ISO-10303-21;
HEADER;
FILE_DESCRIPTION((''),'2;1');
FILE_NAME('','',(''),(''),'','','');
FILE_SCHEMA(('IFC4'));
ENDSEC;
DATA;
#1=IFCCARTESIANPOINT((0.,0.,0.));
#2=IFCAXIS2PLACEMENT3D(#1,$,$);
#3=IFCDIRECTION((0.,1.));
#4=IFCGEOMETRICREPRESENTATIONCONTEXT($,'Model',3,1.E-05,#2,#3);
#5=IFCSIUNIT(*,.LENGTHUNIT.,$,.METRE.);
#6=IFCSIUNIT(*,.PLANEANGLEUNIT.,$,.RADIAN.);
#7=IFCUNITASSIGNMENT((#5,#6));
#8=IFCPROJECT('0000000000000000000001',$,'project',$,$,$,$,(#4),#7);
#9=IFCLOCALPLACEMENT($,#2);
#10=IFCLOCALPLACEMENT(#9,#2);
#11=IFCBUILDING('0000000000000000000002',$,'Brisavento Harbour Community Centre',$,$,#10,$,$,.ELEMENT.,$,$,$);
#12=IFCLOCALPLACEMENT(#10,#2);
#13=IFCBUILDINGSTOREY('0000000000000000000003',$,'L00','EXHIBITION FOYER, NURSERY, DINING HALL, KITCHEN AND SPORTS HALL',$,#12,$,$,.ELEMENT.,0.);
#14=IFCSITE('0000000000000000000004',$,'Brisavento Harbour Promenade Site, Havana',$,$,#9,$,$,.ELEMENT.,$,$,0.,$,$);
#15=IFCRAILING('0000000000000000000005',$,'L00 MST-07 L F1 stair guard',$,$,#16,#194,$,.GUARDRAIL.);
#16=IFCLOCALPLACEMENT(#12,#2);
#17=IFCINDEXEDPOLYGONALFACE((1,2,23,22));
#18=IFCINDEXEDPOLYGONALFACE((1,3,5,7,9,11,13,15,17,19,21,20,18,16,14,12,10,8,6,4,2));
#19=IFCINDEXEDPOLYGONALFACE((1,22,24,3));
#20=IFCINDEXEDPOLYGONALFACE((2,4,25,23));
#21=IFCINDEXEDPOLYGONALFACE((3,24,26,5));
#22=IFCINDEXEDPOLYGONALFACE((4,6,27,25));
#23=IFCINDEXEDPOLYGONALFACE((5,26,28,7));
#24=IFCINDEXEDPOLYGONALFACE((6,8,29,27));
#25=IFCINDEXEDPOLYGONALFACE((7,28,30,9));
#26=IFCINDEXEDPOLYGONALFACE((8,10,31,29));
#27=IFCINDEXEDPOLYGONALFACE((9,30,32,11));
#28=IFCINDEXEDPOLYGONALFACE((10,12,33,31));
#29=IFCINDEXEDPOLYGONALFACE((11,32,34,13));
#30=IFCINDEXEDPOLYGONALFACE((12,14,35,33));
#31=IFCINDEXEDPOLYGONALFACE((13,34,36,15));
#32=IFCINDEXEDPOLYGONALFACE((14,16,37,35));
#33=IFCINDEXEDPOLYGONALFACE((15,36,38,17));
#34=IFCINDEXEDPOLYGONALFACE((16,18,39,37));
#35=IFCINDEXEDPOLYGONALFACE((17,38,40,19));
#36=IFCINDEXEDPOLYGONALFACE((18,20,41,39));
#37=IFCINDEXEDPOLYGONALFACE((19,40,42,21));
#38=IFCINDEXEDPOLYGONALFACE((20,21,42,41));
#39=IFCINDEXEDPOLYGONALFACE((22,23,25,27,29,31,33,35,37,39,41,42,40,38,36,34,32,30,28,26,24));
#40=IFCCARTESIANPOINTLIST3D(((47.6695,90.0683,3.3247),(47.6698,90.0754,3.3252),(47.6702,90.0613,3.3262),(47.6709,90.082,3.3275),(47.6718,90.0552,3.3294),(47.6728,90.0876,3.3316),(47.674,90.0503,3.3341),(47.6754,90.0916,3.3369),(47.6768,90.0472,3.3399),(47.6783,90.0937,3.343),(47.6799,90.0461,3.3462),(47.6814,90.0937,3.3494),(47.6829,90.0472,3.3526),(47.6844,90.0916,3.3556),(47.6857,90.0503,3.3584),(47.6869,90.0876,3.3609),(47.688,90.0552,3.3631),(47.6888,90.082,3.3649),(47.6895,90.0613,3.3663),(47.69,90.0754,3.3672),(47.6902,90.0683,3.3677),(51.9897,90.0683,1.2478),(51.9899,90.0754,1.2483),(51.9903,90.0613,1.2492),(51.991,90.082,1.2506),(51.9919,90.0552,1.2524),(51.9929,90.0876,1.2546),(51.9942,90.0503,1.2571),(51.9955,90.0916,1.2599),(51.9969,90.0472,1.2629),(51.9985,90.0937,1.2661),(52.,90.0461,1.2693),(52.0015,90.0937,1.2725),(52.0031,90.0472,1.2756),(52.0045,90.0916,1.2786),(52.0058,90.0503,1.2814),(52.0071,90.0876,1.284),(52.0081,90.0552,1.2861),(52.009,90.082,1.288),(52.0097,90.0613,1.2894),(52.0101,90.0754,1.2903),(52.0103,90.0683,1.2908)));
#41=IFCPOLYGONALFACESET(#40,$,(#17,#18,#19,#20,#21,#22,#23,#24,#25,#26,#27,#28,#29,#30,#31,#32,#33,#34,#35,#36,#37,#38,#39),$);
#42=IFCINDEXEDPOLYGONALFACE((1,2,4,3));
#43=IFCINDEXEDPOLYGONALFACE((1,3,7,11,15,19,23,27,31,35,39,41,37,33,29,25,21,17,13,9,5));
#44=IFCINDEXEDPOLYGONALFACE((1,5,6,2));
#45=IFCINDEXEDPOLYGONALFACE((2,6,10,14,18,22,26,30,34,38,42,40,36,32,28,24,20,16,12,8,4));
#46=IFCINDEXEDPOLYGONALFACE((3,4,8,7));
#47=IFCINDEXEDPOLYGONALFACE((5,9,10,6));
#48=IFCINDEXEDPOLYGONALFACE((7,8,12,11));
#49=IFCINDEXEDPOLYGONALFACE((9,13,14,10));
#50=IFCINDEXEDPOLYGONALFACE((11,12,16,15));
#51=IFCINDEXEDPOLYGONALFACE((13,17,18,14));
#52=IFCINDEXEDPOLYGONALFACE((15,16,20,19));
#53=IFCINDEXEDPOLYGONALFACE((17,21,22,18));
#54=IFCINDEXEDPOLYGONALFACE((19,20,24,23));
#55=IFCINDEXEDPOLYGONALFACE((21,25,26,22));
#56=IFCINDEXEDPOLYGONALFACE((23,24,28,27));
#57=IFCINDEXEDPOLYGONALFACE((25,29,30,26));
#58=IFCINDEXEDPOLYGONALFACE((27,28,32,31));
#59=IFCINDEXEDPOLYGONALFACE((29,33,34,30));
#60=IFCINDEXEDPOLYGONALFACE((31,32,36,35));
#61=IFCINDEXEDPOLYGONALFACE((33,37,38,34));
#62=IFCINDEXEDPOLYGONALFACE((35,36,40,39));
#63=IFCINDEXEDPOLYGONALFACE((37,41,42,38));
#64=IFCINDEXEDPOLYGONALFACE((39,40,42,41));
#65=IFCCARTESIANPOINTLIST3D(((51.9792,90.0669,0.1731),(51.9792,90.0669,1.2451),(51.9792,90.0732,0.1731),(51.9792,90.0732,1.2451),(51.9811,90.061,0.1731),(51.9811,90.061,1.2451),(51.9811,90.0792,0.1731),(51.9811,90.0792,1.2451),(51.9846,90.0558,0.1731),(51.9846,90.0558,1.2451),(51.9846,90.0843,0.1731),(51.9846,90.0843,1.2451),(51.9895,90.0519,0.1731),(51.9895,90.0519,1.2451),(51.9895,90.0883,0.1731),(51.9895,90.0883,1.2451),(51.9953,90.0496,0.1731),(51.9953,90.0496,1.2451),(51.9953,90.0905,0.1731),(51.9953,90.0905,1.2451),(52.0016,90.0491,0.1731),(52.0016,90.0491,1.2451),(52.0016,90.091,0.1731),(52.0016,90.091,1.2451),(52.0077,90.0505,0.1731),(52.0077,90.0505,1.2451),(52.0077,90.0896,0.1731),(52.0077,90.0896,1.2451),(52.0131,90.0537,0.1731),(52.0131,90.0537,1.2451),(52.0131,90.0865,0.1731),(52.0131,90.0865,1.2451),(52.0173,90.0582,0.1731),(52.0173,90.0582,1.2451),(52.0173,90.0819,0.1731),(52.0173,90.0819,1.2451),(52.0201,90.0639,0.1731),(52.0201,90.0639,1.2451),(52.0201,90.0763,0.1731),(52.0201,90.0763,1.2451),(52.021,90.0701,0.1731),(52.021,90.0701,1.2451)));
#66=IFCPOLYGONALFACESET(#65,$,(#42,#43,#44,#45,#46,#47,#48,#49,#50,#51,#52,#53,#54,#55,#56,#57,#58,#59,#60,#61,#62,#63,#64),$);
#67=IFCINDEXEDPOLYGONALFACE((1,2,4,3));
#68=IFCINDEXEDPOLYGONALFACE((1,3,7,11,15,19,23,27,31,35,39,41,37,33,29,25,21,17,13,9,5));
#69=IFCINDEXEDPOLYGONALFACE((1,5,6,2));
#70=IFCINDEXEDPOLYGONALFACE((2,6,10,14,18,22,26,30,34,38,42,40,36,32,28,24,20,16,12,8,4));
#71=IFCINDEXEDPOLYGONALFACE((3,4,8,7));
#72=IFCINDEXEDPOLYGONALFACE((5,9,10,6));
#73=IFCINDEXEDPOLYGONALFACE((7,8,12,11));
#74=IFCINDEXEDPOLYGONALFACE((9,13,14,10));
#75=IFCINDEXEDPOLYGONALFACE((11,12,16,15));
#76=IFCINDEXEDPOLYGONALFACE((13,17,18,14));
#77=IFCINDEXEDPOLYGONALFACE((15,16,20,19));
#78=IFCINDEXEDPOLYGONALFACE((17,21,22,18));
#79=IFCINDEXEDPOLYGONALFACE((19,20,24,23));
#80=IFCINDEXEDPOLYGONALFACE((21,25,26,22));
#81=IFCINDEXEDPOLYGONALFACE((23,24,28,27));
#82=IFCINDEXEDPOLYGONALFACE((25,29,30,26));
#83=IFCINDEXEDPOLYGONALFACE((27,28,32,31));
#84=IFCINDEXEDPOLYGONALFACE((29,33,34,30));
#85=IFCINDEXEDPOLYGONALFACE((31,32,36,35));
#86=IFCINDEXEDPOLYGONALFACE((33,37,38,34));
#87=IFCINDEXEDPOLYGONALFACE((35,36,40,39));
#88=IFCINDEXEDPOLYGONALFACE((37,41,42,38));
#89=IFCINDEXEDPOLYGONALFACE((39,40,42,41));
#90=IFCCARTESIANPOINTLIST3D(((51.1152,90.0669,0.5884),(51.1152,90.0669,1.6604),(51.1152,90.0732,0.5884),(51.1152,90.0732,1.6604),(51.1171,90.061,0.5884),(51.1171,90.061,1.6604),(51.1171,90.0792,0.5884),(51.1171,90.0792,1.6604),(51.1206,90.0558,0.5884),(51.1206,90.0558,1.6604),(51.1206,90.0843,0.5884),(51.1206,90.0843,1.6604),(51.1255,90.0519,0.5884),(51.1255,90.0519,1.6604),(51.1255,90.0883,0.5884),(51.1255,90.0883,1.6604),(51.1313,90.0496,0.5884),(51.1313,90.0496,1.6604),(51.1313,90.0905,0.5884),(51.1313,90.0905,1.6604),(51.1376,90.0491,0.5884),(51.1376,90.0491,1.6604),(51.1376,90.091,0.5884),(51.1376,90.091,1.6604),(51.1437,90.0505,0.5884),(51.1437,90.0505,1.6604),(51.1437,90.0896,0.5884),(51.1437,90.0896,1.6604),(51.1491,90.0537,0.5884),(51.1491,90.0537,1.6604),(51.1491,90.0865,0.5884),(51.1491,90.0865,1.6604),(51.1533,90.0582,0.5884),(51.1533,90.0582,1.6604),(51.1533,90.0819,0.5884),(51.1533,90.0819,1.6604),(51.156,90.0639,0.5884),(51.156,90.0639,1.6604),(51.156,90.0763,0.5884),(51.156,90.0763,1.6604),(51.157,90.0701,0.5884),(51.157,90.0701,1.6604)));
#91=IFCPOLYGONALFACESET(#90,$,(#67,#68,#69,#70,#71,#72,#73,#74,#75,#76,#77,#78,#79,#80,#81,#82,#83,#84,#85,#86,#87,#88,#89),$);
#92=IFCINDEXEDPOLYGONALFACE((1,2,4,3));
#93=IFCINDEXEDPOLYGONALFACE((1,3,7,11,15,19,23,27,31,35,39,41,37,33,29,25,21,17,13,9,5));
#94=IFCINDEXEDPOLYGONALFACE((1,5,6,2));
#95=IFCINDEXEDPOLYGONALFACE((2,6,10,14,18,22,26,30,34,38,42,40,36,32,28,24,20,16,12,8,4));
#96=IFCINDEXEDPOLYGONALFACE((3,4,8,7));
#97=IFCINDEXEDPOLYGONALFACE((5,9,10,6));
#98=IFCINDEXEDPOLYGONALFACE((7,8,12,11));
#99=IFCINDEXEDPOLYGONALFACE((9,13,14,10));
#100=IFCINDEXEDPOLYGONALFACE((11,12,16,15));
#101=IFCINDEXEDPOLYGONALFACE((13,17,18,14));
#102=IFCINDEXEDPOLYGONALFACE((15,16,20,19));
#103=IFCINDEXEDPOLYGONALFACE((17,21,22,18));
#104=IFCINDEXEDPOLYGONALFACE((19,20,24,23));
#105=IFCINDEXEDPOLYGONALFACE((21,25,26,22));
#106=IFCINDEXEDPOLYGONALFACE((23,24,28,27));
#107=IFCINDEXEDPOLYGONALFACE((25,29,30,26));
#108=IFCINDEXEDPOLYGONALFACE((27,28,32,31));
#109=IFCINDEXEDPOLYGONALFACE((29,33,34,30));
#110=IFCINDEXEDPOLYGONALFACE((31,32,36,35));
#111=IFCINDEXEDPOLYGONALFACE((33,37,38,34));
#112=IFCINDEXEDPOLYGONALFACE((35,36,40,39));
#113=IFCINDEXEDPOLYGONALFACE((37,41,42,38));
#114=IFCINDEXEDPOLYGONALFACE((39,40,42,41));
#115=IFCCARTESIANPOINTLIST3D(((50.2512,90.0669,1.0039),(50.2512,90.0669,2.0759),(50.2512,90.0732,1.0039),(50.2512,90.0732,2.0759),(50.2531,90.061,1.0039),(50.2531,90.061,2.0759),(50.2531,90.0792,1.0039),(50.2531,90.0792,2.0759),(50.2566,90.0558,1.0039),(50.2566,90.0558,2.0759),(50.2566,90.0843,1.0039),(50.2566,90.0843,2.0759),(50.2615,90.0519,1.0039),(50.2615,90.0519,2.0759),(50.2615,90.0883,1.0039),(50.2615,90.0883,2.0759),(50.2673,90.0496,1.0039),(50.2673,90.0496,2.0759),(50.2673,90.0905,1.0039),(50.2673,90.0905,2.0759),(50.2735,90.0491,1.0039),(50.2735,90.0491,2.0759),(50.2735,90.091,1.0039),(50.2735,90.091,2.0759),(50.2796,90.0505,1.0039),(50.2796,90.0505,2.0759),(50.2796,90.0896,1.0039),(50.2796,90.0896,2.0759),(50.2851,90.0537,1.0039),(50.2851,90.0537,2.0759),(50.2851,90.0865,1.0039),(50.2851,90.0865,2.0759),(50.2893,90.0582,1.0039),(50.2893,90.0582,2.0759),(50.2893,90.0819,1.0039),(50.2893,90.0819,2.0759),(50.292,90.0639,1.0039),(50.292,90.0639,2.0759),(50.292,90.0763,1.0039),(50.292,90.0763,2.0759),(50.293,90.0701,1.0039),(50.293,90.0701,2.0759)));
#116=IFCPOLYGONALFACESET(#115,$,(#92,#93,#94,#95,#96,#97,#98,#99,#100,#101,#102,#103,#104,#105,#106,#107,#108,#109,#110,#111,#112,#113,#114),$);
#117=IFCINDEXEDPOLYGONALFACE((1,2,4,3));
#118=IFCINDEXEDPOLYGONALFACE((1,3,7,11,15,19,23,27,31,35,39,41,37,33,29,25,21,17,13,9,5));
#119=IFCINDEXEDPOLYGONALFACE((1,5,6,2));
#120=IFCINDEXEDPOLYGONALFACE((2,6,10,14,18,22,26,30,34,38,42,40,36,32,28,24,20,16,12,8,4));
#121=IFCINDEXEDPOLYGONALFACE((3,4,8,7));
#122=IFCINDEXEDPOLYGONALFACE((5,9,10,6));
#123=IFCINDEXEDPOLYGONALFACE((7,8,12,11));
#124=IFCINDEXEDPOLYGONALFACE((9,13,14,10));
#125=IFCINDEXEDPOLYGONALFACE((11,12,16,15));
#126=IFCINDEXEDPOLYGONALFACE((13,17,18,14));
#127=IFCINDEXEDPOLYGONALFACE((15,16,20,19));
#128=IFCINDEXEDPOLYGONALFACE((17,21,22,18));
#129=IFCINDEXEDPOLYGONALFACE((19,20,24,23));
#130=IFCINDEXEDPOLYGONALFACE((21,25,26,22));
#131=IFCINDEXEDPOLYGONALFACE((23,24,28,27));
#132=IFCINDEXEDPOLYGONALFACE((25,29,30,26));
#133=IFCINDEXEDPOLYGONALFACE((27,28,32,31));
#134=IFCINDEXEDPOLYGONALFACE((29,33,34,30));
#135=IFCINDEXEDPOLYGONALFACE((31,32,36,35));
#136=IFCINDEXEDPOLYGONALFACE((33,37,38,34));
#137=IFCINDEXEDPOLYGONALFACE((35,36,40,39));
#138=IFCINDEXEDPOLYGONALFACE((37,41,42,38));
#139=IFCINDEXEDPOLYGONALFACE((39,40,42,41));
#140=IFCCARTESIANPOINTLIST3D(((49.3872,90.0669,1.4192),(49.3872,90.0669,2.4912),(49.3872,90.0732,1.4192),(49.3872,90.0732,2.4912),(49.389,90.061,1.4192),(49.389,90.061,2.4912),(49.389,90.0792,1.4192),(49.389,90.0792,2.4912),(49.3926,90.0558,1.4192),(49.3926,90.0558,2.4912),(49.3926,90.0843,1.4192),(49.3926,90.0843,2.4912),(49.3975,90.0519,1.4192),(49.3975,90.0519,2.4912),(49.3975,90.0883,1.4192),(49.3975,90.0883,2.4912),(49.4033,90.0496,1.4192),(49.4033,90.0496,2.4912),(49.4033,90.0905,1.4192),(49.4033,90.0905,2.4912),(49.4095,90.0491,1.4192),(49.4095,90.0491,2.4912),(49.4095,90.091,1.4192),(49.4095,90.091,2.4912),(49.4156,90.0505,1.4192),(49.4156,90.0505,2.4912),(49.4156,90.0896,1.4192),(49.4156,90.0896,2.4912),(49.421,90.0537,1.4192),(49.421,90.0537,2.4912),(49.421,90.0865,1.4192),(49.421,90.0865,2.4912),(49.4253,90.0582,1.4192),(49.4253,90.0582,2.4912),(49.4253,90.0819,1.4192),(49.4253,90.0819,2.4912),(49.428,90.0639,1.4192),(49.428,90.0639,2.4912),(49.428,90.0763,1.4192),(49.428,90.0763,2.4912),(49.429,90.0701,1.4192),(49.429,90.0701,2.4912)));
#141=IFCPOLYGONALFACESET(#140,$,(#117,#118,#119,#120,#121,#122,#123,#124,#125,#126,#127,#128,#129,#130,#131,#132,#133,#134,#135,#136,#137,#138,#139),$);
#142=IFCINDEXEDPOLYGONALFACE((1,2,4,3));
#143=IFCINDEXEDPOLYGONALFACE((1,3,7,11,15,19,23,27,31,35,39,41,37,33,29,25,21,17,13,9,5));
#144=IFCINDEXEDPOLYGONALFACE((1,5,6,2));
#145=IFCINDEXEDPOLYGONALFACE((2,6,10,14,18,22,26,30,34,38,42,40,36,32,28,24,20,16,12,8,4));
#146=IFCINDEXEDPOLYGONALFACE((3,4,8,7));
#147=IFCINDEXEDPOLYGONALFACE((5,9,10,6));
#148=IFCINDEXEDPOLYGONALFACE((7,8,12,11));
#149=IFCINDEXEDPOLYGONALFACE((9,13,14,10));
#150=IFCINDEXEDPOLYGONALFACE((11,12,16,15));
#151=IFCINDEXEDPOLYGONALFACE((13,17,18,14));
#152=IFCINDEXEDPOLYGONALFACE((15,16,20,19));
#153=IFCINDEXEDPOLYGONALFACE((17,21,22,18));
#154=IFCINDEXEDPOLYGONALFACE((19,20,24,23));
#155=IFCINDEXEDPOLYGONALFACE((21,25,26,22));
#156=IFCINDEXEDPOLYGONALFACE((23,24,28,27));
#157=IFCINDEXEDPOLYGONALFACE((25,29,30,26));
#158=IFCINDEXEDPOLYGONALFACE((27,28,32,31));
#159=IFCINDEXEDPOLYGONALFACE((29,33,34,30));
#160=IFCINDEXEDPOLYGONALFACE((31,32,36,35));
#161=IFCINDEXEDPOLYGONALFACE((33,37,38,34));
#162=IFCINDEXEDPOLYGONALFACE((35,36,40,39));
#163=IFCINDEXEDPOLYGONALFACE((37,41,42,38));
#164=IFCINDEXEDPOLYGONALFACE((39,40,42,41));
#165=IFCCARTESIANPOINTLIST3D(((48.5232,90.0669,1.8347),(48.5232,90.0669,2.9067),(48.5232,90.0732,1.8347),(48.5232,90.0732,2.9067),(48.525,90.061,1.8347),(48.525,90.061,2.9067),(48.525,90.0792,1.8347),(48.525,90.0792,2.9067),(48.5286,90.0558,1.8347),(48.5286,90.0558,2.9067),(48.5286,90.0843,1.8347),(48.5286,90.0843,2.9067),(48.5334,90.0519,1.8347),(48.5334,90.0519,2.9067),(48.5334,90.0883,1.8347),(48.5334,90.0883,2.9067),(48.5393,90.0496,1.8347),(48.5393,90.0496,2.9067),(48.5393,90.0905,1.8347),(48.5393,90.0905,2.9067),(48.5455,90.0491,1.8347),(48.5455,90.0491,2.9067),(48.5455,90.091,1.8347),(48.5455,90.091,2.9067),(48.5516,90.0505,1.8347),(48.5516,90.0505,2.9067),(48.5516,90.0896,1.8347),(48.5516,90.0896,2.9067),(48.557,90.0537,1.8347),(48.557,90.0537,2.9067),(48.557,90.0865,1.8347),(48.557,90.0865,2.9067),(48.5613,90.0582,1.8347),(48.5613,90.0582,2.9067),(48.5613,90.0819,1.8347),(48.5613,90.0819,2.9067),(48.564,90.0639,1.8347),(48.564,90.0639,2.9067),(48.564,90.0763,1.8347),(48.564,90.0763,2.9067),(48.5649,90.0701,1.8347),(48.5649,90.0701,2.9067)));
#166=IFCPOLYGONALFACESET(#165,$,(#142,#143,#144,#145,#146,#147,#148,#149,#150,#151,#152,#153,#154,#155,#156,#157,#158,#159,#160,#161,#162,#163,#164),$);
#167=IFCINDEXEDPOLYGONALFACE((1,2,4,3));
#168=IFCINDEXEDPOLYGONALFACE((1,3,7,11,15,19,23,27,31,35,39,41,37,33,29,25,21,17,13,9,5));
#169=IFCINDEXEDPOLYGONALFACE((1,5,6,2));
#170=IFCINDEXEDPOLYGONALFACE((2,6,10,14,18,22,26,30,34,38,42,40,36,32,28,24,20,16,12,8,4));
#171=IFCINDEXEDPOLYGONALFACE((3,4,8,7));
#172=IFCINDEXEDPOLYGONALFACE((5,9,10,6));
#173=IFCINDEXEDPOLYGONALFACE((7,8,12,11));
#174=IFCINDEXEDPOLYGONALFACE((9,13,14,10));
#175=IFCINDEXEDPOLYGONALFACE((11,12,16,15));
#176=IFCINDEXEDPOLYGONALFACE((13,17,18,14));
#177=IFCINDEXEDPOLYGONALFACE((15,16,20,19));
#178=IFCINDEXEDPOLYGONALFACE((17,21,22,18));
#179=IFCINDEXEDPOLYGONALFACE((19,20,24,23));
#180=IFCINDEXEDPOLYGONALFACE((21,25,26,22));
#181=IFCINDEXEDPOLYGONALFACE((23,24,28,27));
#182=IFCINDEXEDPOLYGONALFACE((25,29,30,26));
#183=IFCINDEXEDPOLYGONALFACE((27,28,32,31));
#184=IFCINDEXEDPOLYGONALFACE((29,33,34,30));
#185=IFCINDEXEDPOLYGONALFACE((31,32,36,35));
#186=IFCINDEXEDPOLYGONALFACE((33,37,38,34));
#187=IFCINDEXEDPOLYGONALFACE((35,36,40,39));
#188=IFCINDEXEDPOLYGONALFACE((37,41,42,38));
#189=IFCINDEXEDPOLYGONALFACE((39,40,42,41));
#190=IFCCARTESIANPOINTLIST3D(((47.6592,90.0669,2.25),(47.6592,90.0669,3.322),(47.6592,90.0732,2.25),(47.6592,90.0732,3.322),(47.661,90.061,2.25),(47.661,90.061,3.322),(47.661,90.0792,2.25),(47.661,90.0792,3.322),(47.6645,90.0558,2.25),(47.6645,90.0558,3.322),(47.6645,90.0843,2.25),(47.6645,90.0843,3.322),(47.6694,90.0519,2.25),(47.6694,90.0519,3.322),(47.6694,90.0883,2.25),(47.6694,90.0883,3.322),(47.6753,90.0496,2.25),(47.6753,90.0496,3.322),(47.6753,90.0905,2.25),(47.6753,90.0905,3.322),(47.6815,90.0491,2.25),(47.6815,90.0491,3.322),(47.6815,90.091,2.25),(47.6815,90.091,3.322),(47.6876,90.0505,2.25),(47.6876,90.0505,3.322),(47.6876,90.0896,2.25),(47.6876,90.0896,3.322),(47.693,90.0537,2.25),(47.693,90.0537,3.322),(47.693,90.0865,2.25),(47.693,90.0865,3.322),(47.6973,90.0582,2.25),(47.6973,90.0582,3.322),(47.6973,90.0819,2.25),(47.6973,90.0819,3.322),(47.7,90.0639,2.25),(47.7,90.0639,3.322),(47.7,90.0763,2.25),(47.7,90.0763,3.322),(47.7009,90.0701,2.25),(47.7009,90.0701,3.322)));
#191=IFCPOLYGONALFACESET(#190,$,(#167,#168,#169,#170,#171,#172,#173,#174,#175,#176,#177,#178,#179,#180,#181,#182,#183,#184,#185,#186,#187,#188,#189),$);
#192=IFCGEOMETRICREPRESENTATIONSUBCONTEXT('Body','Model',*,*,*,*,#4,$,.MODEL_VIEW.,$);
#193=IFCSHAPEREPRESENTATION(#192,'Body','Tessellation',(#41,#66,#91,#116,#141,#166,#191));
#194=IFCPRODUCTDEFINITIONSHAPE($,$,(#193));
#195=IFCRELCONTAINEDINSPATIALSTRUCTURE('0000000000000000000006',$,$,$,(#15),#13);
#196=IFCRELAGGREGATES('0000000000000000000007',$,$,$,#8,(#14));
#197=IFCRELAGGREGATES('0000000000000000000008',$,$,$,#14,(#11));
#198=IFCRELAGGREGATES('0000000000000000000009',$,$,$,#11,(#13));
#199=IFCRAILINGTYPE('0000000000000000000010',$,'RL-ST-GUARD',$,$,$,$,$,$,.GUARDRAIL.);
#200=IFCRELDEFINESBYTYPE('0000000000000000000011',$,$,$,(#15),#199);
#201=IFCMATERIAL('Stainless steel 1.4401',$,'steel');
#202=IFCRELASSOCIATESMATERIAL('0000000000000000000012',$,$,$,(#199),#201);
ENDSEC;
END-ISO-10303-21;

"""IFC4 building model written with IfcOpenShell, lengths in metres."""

from ifc_helpers import new_model, si_unit, direction, frame, origin, origin_2d, place, context, subcontext, project, spatial, circle, extrude, material, type_object, element, save


model = new_model("IFC4")

# Units and contexts
model_context = context("Model", 3, precision=1e-05, world=origin(), true_north=direction((0.0, 1.0)))
body_context = subcontext(model_context, "Body", "Model", "MODEL_VIEW")
ifc_project = project(units=[si_unit("LENGTHUNIT", "METRE"), si_unit("PLANEANGLEUNIT", "RADIAN")], contexts=[model_context])

# Site, building, storey
site_placement = place(None, origin())
site = spatial("IfcSite", under=ifc_project, at=site_placement, Name="Brisavento Harbour Promenade Site, Havana", CompositionType="ELEMENT", RefElevation=0.0)
building_placement = place(site_placement, origin())
building = spatial("IfcBuilding", under=site, at=building_placement, Name="Brisavento Harbour Community Centre", CompositionType="ELEMENT")
storey_placement = place(building_placement, origin())
storey = spatial("IfcBuildingStorey", under=building, at=storey_placement, Name="L00", Description="EXHIBITION FOYER, NURSERY, DINING HALL, KITCHEN AND SPORTS HALL", CompositionType="ELEMENT", Elevation=0.0)

# Railing
ifc_material_1 = material(Name="Stainless steel 1.4401", Category="steel")
railing_type = type_object("IfcRailingType", Name="RL-ST-GUARD", PredefinedType="GUARDRAIL", material=ifc_material_1)
railing_1_placement = place(storey_placement, frame((52.0, 90.0701, 0.1731)))
element("IfcRailing", 1, at=railing_1_placement, inside=storey, type_object=railing_type, Name="L00 MST-07 L F1 stair guard", PredefinedType="GUARDRAIL", context=body_context, shape_type="SweptSolid", body=[
    extrude(circle(Radius=0.0239, at=origin_2d()), frame((0.0, 0.0, 1.0962), z_axis=(-0.901257, 0.0, 0.433286), x_axis=(0.0, -1.0, 0.0)), (0.0, 0.0, 1.0), 4.7935),
    extrude(circle(Radius=0.021, at=origin_2d()), origin(), (0.0, 0.0, 1.0), 1.072),
    extrude(circle(Radius=0.021, at=origin_2d()), frame((-0.864, 0.0, 0.4153)), (0.0, 0.0, 1.0), 1.072),
    extrude(circle(Radius=0.021, at=origin_2d()), frame((-1.728, 0.0, 0.8308)), (0.0, 0.0, 1.0), 1.072),
    extrude(circle(Radius=0.021, at=origin_2d()), frame((-2.592, 0.0, 1.2461)), (0.0, 0.0, 1.0), 1.072),
    extrude(circle(Radius=0.021, at=origin_2d()), frame((-3.4561, 0.0, 1.6616)), (0.0, 0.0, 1.0), 1.072),
    extrude(circle(Radius=0.021, at=origin_2d()), frame((-4.3201, 0.0, 2.0769)), (0.0, 0.0, 1.0), 1.072),
])

save(model, "model.ifc")
